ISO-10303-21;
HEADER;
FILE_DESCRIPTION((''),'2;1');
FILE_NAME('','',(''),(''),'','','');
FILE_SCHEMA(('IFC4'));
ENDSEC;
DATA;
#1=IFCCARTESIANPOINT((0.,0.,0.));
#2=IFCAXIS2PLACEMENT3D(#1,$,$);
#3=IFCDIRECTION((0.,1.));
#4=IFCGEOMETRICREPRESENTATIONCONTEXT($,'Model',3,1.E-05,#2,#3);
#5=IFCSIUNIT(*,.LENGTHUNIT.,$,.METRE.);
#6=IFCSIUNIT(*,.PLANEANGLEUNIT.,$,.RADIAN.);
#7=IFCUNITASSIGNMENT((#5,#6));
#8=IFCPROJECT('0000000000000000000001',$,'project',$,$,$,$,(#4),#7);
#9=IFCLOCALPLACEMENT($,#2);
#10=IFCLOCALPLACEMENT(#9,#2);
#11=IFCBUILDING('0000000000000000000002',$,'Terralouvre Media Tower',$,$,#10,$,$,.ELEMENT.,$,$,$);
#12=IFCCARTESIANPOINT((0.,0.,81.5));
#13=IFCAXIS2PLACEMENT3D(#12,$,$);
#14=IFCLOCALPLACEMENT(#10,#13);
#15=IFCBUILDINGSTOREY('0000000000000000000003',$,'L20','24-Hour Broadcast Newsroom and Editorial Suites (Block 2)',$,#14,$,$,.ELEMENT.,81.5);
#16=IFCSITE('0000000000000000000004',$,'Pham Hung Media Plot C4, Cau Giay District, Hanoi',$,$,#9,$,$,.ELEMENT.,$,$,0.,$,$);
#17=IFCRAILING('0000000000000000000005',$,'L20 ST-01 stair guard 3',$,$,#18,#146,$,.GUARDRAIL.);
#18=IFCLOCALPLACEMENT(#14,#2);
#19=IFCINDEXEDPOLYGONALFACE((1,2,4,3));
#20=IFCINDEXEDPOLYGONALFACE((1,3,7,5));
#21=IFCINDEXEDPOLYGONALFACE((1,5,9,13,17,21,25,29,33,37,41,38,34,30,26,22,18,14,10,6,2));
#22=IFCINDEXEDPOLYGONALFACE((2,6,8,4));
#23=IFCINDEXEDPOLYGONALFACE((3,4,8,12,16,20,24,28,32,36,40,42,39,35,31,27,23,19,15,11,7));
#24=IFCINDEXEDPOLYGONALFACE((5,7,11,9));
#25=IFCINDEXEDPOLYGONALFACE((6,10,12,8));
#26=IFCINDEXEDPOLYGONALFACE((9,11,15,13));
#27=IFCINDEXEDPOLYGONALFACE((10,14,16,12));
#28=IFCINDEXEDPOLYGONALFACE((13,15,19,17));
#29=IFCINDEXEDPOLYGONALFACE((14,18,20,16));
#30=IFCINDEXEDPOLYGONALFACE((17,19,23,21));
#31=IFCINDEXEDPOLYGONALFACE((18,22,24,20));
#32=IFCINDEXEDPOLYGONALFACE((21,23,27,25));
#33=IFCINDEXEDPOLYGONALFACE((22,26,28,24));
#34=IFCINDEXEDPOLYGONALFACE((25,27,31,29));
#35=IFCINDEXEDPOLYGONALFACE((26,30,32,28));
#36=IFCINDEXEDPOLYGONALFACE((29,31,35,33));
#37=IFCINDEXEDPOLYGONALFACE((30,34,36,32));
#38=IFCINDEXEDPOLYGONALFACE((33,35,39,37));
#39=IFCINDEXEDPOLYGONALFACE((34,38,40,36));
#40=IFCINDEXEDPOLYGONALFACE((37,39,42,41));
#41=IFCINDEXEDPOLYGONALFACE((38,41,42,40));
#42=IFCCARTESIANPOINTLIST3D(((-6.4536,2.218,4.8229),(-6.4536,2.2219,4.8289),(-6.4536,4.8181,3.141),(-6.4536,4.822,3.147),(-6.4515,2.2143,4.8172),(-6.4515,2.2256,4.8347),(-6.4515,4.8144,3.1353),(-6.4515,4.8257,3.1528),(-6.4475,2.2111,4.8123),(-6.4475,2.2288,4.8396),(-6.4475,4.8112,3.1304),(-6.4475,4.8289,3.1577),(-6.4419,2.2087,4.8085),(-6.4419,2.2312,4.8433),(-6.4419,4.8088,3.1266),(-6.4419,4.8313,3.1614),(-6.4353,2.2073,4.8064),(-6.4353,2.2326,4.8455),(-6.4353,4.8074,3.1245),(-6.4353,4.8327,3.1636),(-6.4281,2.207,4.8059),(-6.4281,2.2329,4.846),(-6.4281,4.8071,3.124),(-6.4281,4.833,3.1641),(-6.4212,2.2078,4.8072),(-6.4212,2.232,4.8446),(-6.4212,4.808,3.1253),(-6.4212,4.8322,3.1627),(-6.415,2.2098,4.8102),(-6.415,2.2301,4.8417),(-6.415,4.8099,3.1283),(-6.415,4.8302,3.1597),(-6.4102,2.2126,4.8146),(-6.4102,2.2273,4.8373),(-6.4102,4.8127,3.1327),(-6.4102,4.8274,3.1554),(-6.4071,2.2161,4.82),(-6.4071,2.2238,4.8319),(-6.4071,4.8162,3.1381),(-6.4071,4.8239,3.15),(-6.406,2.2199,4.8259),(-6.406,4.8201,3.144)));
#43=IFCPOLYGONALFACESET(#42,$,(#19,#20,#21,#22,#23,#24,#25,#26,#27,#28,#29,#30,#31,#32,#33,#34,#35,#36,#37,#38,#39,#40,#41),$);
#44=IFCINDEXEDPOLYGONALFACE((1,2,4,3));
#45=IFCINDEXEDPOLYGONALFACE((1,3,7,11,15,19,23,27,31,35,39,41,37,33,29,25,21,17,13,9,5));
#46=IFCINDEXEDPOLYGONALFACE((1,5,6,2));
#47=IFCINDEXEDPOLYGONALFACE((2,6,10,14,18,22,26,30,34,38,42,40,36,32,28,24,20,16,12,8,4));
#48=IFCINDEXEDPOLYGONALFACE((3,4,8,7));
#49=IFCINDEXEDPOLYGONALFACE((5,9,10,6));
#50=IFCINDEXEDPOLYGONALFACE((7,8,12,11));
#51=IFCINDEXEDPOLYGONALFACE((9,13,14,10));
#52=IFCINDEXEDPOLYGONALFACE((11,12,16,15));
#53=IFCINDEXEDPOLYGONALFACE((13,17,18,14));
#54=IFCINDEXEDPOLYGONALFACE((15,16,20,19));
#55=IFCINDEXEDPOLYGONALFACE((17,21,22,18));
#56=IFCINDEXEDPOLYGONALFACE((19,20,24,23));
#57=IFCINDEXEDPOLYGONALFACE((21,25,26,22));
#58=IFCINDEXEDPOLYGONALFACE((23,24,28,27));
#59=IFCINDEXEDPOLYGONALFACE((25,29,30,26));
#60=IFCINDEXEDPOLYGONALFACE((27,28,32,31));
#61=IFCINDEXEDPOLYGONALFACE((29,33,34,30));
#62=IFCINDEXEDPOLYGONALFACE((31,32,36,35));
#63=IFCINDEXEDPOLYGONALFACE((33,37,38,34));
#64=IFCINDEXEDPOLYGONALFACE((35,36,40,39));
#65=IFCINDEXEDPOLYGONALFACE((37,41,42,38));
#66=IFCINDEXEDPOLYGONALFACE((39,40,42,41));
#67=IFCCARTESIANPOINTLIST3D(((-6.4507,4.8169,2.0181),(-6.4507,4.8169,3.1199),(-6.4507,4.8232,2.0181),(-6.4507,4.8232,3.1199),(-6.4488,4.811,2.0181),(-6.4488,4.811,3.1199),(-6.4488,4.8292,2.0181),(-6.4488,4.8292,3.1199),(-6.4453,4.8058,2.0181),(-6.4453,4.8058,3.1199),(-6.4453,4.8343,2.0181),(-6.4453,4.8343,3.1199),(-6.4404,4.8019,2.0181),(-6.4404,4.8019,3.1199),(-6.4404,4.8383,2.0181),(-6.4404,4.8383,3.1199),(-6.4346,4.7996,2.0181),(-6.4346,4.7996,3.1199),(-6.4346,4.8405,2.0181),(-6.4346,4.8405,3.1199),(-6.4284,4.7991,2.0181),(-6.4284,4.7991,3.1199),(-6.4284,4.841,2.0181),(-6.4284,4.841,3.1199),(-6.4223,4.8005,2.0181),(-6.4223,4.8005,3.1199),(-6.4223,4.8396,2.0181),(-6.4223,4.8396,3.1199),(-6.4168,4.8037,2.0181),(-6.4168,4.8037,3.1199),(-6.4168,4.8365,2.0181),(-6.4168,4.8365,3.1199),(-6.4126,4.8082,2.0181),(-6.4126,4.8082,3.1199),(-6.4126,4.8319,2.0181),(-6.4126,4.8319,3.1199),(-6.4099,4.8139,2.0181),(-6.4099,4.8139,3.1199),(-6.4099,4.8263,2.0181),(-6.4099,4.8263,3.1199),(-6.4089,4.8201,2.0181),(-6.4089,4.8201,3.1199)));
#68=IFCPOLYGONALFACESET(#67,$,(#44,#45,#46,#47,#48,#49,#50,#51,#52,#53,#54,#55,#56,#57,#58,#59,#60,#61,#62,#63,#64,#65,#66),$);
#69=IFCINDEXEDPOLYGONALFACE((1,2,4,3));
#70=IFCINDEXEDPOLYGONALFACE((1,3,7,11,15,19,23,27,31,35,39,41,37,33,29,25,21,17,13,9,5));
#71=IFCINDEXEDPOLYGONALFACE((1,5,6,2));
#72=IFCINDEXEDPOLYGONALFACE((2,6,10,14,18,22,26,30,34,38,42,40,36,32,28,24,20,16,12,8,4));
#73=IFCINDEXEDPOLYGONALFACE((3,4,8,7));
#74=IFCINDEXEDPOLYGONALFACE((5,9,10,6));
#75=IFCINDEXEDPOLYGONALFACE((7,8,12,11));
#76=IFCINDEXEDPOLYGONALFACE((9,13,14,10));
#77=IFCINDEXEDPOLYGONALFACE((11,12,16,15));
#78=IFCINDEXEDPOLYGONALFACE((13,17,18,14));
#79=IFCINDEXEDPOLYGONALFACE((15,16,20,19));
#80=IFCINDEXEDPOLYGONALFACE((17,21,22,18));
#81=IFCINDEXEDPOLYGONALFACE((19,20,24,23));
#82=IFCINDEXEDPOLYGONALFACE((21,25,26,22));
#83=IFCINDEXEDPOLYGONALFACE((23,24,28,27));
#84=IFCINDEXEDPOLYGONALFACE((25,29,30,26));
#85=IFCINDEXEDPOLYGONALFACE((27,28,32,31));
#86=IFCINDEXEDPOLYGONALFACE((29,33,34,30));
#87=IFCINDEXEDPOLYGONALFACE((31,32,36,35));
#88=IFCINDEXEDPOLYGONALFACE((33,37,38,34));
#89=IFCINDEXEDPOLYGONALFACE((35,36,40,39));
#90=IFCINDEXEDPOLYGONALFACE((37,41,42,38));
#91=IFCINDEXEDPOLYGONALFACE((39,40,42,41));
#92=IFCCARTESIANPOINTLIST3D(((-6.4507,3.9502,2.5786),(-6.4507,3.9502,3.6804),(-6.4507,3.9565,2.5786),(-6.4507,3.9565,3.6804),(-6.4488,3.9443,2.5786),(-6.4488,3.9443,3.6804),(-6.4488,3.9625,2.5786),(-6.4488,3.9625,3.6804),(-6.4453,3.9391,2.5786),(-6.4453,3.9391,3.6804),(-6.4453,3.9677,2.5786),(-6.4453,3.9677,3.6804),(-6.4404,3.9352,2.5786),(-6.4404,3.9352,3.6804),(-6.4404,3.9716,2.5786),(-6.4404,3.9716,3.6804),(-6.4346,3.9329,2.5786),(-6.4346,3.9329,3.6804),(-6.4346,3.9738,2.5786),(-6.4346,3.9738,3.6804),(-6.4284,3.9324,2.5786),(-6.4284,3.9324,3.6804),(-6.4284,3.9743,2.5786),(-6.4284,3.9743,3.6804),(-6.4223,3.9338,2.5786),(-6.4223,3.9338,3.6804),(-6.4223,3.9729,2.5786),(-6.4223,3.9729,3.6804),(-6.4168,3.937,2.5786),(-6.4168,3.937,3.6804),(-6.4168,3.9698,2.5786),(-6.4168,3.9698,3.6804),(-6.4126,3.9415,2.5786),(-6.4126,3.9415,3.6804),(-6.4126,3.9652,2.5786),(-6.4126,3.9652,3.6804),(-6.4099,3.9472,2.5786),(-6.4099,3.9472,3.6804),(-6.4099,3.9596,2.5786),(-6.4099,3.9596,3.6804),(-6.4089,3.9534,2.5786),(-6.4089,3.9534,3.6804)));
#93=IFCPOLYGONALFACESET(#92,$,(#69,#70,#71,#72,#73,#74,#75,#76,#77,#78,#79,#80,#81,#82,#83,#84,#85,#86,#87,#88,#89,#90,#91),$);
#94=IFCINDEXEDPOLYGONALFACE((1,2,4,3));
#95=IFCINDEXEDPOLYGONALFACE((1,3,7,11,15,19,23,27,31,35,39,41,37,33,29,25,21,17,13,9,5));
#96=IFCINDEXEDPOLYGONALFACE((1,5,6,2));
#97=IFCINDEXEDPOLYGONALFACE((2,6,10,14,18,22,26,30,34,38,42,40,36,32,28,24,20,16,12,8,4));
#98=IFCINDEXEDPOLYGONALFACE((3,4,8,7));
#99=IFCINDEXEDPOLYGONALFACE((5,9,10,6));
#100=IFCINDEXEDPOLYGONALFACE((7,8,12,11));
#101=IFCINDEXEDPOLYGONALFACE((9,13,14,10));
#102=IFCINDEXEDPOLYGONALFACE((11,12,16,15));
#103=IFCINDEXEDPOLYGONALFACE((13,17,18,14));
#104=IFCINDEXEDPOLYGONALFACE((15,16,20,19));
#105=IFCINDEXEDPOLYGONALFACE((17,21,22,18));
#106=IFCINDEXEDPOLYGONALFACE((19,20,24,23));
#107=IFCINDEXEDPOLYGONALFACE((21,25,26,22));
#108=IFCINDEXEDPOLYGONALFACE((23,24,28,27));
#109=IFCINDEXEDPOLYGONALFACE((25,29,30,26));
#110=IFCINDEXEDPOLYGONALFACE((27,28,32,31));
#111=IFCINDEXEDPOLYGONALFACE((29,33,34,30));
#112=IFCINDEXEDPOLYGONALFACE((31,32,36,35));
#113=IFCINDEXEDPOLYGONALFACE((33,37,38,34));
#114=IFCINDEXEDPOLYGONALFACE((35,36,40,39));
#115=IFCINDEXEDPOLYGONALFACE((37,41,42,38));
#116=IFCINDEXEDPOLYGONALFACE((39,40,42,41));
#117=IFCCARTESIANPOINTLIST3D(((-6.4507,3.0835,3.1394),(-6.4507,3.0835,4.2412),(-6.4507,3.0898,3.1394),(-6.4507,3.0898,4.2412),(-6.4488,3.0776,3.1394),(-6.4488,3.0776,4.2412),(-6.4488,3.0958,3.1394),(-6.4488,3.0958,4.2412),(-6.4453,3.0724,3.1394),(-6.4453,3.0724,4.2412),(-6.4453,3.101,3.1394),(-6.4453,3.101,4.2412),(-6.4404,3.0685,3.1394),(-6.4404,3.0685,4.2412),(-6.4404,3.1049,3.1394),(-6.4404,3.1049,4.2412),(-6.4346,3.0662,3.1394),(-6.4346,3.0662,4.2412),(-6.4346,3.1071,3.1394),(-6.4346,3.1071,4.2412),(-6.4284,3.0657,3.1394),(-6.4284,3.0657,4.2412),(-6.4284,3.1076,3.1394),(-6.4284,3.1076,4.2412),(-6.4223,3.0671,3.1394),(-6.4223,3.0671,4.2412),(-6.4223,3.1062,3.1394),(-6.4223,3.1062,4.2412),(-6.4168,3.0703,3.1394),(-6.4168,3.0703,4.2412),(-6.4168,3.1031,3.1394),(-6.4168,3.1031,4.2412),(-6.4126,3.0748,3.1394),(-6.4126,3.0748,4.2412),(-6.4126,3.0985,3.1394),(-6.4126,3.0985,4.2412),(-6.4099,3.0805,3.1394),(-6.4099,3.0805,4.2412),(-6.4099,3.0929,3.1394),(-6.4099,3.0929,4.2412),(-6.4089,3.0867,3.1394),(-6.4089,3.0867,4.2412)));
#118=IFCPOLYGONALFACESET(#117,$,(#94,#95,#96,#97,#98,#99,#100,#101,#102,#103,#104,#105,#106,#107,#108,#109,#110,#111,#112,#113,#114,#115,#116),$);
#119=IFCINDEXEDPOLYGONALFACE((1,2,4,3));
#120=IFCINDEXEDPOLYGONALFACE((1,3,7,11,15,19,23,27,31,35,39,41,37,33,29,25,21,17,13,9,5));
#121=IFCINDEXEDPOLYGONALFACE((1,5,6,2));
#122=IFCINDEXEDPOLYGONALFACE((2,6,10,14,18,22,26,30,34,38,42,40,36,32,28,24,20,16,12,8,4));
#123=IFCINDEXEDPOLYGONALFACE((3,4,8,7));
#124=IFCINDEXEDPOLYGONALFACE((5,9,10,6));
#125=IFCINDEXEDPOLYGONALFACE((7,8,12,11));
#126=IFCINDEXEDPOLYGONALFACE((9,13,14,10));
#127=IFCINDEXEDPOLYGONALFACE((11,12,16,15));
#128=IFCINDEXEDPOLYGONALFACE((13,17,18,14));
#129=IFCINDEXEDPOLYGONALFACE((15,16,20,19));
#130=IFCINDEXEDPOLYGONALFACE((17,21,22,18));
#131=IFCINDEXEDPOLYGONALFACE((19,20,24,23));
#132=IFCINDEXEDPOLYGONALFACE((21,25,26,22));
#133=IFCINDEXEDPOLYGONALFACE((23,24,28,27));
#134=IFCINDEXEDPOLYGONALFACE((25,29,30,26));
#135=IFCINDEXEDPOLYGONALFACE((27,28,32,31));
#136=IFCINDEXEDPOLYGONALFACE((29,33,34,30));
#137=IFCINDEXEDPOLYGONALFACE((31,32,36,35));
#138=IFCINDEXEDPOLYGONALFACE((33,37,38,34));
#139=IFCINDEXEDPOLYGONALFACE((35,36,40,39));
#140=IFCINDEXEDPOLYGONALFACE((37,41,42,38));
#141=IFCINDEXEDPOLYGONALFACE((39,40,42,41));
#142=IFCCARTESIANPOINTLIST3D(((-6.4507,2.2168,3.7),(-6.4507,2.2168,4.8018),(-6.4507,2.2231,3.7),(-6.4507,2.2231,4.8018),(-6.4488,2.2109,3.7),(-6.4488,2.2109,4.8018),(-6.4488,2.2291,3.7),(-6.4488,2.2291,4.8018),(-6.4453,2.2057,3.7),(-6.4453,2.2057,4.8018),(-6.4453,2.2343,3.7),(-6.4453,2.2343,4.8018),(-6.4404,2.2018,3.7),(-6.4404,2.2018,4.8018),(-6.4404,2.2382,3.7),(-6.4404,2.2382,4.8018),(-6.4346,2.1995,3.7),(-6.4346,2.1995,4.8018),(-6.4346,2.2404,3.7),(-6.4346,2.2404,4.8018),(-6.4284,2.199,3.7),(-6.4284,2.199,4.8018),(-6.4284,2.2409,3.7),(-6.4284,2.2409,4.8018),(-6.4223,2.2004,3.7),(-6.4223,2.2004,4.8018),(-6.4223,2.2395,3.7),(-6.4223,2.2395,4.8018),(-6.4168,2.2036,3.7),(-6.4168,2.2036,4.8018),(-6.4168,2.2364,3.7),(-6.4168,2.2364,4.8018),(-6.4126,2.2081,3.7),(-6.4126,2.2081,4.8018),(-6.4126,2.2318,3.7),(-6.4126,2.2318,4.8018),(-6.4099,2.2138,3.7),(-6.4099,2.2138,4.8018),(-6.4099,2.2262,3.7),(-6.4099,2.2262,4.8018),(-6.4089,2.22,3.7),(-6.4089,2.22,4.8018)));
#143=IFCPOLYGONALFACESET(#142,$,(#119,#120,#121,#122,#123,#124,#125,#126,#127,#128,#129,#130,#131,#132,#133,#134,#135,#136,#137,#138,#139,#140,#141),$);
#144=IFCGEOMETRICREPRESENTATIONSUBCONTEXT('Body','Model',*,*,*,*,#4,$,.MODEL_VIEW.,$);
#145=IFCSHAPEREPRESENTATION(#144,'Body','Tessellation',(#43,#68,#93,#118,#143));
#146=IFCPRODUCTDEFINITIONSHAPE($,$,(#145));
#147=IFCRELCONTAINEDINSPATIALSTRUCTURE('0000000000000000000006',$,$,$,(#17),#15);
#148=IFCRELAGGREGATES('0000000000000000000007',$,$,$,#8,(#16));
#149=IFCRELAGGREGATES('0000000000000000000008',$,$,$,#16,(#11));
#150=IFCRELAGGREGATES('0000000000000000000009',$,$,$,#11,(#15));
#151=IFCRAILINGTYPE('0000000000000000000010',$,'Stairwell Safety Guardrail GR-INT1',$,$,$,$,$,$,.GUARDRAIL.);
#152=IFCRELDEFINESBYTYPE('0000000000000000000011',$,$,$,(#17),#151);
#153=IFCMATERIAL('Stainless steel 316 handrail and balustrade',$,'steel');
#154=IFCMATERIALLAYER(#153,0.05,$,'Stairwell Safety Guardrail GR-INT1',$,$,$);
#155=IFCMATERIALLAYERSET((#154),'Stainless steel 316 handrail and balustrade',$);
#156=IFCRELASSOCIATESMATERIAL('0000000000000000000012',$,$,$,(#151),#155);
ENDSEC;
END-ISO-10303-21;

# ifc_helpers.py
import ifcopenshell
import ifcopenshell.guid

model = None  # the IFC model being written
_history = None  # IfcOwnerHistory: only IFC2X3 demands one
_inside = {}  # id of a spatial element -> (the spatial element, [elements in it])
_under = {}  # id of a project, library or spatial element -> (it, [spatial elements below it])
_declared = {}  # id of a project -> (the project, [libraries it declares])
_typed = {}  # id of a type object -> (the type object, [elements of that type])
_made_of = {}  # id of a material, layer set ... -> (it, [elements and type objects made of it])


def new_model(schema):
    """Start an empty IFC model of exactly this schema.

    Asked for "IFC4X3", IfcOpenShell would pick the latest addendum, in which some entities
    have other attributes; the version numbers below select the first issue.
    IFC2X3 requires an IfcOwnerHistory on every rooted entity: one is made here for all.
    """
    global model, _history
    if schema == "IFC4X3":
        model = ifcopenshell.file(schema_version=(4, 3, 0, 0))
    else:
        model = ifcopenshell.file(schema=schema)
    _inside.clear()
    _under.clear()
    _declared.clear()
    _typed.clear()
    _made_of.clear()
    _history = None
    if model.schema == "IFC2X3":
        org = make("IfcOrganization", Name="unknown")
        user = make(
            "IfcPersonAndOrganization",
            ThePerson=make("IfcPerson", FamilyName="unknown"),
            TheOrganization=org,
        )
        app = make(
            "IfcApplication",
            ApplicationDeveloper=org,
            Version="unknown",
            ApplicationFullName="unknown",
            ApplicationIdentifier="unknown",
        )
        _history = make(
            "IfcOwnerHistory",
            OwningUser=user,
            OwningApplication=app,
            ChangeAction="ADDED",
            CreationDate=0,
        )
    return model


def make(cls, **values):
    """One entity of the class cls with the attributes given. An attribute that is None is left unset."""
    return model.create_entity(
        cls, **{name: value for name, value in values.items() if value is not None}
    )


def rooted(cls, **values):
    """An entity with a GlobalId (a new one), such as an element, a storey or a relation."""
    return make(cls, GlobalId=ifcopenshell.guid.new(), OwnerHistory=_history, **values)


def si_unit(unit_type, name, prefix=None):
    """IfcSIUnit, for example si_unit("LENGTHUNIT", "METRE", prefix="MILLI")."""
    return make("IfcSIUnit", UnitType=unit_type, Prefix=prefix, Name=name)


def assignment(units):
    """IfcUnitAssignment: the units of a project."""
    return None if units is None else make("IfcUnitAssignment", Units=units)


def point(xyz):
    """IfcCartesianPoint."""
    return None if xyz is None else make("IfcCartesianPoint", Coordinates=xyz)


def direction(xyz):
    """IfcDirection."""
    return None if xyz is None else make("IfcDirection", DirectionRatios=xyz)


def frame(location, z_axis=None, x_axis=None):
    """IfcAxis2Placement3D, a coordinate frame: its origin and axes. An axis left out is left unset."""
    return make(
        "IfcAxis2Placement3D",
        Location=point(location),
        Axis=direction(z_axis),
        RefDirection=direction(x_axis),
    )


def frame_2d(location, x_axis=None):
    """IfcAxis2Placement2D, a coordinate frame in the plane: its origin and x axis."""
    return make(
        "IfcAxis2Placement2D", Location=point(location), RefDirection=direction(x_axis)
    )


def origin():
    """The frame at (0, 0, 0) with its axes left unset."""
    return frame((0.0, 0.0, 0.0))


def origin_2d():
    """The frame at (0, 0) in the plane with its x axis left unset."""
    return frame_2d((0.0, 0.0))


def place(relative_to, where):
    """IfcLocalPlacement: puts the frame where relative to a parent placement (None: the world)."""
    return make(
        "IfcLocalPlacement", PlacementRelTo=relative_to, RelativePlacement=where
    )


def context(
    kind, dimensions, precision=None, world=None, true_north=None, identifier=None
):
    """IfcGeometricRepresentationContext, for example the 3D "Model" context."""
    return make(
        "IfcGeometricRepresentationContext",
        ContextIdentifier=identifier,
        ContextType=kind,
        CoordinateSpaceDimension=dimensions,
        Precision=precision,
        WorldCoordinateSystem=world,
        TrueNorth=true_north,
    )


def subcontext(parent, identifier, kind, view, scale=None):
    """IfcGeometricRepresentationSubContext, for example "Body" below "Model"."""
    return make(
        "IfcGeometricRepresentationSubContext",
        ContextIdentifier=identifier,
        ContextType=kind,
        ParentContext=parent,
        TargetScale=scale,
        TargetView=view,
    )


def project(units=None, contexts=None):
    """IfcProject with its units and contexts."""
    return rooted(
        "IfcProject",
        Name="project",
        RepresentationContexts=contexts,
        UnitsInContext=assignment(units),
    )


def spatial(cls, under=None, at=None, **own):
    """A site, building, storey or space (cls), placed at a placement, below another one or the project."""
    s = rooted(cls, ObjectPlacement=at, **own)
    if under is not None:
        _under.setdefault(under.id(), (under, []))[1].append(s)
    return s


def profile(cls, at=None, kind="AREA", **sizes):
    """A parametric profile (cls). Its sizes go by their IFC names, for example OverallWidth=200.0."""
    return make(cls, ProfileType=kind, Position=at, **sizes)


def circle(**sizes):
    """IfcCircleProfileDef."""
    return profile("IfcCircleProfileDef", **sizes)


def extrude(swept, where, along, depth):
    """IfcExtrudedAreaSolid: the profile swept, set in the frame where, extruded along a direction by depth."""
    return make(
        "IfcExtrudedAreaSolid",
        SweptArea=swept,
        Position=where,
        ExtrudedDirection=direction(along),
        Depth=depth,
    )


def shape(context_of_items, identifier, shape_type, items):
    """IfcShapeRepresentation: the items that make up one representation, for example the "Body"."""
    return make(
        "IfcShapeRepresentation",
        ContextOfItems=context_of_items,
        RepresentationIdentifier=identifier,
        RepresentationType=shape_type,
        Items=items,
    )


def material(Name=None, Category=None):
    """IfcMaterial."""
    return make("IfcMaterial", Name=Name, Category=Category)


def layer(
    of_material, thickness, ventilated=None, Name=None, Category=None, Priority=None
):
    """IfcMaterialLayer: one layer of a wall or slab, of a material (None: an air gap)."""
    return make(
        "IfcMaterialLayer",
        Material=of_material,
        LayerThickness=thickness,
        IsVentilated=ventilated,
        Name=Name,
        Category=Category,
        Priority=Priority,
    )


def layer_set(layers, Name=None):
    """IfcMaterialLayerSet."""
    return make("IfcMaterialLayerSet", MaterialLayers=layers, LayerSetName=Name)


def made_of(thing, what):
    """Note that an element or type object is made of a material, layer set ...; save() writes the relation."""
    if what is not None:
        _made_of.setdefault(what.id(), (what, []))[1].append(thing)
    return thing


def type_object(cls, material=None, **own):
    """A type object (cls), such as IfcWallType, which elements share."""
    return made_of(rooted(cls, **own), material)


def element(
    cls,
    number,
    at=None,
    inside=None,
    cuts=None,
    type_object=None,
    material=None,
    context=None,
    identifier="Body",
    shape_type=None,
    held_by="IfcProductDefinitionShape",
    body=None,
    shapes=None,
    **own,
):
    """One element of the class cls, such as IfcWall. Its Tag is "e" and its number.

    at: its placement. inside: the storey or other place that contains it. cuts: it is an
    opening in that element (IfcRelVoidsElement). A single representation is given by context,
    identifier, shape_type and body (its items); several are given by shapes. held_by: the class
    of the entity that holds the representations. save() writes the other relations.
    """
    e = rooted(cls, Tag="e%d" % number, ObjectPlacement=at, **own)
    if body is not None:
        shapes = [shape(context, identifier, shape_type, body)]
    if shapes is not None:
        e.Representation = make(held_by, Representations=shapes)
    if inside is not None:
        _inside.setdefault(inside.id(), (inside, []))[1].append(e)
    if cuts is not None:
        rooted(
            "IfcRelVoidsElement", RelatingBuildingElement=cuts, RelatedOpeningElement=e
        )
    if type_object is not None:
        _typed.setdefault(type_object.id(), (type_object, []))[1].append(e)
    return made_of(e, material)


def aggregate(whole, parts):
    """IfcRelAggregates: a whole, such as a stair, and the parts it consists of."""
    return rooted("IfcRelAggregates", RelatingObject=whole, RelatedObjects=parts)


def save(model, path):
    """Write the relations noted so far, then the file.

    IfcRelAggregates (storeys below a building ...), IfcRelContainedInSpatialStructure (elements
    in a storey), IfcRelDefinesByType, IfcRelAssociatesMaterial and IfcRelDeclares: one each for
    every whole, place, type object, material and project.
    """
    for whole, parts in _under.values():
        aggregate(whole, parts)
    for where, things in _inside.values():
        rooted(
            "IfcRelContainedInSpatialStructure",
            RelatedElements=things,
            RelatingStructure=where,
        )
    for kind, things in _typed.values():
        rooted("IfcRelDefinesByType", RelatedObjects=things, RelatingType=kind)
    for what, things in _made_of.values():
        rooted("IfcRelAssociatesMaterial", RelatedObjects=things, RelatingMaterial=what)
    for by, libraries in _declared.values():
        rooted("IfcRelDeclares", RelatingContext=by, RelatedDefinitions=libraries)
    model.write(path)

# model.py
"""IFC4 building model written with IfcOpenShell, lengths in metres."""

from ifc_helpers import new_model, si_unit, direction, frame, origin, origin_2d, place, context, subcontext, project, spatial, circle, extrude, material, layer, layer_set, type_object, element, save


model = new_model("IFC4")

# Units and contexts
model_context = context("Model", 3, precision=1e-05, world=origin(), true_north=direction((0.0, 1.0)))
body_context = subcontext(model_context, "Body", "Model", "MODEL_VIEW")
ifc_project = project(units=[si_unit("LENGTHUNIT", "METRE"), si_unit("PLANEANGLEUNIT", "RADIAN")], contexts=[model_context])

# Site, building, storey
site_placement = place(None, origin())
site = spatial("IfcSite", under=ifc_project, at=site_placement, Name="Pham Hung Media Plot C4, Cau Giay District, Hanoi", CompositionType="ELEMENT", RefElevation=0.0)
building_placement = place(site_placement, origin())
building = spatial("IfcBuilding", under=site, at=building_placement, Name="Terralouvre Media Tower", CompositionType="ELEMENT")
storey_placement = place(building_placement, frame((0.0, 0.0, 81.5)))
storey = spatial("IfcBuildingStorey", under=building, at=storey_placement, Name="L20", Description="24-Hour Broadcast Newsroom and Editorial Suites (Block 2)", CompositionType="ELEMENT", Elevation=81.5)

# Railing
ifc_material_1 = material(Name="Stainless steel 316 handrail and balustrade", Category="steel")
ifc_layer_1 = layer(ifc_material_1, 0.05, Name="Stairwell Safety Guardrail GR-INT1")
ifc_layer_set_1 = layer_set([ifc_layer_1], Name="Stainless steel 316 handrail and balustrade")
railing_type_1 = type_object("IfcRailingType", Name="Stairwell Safety Guardrail GR-INT1", PredefinedType="GUARDRAIL", material=ifc_layer_set_1)
railing_1_placement = place(storey_placement, frame((-6.4299, 4.8201, 2.0181)))
element("IfcRailing", 1, at=railing_1_placement, inside=storey, type_object=railing_type_1, Name="L20 ST-01 stair guard 3", PredefinedType="GUARDRAIL", context=body_context, shape_type="SweptSolid", body=[
    extrude(circle(Radius=0.0239, at=origin_2d()), frame((0.0, 0.0, 1.126), z_axis=(0.0, -0.839648, 0.54313), x_axis=(1.0, 0.0, 0.0)), (0.0, 0.0, 1.0), 3.0967),
    extrude(circle(Radius=0.021, at=origin_2d()), origin(), (0.0, 0.0, 1.0), 1.1018),
    extrude(circle(Radius=0.021, at=origin_2d()), frame((0.0, -0.8667, 0.5605)), (0.0, 0.0, 1.0), 1.1018),
    extrude(circle(Radius=0.021, at=origin_2d()), frame((0.0, -1.7334, 1.1213)), (0.0, 0.0, 1.0), 1.1018),
    extrude(circle(Radius=0.021, at=origin_2d()), frame((0.0, -2.6001, 1.6819)), (0.0, 0.0, 1.0), 1.1018),
])

save(model, "model.ifc")
